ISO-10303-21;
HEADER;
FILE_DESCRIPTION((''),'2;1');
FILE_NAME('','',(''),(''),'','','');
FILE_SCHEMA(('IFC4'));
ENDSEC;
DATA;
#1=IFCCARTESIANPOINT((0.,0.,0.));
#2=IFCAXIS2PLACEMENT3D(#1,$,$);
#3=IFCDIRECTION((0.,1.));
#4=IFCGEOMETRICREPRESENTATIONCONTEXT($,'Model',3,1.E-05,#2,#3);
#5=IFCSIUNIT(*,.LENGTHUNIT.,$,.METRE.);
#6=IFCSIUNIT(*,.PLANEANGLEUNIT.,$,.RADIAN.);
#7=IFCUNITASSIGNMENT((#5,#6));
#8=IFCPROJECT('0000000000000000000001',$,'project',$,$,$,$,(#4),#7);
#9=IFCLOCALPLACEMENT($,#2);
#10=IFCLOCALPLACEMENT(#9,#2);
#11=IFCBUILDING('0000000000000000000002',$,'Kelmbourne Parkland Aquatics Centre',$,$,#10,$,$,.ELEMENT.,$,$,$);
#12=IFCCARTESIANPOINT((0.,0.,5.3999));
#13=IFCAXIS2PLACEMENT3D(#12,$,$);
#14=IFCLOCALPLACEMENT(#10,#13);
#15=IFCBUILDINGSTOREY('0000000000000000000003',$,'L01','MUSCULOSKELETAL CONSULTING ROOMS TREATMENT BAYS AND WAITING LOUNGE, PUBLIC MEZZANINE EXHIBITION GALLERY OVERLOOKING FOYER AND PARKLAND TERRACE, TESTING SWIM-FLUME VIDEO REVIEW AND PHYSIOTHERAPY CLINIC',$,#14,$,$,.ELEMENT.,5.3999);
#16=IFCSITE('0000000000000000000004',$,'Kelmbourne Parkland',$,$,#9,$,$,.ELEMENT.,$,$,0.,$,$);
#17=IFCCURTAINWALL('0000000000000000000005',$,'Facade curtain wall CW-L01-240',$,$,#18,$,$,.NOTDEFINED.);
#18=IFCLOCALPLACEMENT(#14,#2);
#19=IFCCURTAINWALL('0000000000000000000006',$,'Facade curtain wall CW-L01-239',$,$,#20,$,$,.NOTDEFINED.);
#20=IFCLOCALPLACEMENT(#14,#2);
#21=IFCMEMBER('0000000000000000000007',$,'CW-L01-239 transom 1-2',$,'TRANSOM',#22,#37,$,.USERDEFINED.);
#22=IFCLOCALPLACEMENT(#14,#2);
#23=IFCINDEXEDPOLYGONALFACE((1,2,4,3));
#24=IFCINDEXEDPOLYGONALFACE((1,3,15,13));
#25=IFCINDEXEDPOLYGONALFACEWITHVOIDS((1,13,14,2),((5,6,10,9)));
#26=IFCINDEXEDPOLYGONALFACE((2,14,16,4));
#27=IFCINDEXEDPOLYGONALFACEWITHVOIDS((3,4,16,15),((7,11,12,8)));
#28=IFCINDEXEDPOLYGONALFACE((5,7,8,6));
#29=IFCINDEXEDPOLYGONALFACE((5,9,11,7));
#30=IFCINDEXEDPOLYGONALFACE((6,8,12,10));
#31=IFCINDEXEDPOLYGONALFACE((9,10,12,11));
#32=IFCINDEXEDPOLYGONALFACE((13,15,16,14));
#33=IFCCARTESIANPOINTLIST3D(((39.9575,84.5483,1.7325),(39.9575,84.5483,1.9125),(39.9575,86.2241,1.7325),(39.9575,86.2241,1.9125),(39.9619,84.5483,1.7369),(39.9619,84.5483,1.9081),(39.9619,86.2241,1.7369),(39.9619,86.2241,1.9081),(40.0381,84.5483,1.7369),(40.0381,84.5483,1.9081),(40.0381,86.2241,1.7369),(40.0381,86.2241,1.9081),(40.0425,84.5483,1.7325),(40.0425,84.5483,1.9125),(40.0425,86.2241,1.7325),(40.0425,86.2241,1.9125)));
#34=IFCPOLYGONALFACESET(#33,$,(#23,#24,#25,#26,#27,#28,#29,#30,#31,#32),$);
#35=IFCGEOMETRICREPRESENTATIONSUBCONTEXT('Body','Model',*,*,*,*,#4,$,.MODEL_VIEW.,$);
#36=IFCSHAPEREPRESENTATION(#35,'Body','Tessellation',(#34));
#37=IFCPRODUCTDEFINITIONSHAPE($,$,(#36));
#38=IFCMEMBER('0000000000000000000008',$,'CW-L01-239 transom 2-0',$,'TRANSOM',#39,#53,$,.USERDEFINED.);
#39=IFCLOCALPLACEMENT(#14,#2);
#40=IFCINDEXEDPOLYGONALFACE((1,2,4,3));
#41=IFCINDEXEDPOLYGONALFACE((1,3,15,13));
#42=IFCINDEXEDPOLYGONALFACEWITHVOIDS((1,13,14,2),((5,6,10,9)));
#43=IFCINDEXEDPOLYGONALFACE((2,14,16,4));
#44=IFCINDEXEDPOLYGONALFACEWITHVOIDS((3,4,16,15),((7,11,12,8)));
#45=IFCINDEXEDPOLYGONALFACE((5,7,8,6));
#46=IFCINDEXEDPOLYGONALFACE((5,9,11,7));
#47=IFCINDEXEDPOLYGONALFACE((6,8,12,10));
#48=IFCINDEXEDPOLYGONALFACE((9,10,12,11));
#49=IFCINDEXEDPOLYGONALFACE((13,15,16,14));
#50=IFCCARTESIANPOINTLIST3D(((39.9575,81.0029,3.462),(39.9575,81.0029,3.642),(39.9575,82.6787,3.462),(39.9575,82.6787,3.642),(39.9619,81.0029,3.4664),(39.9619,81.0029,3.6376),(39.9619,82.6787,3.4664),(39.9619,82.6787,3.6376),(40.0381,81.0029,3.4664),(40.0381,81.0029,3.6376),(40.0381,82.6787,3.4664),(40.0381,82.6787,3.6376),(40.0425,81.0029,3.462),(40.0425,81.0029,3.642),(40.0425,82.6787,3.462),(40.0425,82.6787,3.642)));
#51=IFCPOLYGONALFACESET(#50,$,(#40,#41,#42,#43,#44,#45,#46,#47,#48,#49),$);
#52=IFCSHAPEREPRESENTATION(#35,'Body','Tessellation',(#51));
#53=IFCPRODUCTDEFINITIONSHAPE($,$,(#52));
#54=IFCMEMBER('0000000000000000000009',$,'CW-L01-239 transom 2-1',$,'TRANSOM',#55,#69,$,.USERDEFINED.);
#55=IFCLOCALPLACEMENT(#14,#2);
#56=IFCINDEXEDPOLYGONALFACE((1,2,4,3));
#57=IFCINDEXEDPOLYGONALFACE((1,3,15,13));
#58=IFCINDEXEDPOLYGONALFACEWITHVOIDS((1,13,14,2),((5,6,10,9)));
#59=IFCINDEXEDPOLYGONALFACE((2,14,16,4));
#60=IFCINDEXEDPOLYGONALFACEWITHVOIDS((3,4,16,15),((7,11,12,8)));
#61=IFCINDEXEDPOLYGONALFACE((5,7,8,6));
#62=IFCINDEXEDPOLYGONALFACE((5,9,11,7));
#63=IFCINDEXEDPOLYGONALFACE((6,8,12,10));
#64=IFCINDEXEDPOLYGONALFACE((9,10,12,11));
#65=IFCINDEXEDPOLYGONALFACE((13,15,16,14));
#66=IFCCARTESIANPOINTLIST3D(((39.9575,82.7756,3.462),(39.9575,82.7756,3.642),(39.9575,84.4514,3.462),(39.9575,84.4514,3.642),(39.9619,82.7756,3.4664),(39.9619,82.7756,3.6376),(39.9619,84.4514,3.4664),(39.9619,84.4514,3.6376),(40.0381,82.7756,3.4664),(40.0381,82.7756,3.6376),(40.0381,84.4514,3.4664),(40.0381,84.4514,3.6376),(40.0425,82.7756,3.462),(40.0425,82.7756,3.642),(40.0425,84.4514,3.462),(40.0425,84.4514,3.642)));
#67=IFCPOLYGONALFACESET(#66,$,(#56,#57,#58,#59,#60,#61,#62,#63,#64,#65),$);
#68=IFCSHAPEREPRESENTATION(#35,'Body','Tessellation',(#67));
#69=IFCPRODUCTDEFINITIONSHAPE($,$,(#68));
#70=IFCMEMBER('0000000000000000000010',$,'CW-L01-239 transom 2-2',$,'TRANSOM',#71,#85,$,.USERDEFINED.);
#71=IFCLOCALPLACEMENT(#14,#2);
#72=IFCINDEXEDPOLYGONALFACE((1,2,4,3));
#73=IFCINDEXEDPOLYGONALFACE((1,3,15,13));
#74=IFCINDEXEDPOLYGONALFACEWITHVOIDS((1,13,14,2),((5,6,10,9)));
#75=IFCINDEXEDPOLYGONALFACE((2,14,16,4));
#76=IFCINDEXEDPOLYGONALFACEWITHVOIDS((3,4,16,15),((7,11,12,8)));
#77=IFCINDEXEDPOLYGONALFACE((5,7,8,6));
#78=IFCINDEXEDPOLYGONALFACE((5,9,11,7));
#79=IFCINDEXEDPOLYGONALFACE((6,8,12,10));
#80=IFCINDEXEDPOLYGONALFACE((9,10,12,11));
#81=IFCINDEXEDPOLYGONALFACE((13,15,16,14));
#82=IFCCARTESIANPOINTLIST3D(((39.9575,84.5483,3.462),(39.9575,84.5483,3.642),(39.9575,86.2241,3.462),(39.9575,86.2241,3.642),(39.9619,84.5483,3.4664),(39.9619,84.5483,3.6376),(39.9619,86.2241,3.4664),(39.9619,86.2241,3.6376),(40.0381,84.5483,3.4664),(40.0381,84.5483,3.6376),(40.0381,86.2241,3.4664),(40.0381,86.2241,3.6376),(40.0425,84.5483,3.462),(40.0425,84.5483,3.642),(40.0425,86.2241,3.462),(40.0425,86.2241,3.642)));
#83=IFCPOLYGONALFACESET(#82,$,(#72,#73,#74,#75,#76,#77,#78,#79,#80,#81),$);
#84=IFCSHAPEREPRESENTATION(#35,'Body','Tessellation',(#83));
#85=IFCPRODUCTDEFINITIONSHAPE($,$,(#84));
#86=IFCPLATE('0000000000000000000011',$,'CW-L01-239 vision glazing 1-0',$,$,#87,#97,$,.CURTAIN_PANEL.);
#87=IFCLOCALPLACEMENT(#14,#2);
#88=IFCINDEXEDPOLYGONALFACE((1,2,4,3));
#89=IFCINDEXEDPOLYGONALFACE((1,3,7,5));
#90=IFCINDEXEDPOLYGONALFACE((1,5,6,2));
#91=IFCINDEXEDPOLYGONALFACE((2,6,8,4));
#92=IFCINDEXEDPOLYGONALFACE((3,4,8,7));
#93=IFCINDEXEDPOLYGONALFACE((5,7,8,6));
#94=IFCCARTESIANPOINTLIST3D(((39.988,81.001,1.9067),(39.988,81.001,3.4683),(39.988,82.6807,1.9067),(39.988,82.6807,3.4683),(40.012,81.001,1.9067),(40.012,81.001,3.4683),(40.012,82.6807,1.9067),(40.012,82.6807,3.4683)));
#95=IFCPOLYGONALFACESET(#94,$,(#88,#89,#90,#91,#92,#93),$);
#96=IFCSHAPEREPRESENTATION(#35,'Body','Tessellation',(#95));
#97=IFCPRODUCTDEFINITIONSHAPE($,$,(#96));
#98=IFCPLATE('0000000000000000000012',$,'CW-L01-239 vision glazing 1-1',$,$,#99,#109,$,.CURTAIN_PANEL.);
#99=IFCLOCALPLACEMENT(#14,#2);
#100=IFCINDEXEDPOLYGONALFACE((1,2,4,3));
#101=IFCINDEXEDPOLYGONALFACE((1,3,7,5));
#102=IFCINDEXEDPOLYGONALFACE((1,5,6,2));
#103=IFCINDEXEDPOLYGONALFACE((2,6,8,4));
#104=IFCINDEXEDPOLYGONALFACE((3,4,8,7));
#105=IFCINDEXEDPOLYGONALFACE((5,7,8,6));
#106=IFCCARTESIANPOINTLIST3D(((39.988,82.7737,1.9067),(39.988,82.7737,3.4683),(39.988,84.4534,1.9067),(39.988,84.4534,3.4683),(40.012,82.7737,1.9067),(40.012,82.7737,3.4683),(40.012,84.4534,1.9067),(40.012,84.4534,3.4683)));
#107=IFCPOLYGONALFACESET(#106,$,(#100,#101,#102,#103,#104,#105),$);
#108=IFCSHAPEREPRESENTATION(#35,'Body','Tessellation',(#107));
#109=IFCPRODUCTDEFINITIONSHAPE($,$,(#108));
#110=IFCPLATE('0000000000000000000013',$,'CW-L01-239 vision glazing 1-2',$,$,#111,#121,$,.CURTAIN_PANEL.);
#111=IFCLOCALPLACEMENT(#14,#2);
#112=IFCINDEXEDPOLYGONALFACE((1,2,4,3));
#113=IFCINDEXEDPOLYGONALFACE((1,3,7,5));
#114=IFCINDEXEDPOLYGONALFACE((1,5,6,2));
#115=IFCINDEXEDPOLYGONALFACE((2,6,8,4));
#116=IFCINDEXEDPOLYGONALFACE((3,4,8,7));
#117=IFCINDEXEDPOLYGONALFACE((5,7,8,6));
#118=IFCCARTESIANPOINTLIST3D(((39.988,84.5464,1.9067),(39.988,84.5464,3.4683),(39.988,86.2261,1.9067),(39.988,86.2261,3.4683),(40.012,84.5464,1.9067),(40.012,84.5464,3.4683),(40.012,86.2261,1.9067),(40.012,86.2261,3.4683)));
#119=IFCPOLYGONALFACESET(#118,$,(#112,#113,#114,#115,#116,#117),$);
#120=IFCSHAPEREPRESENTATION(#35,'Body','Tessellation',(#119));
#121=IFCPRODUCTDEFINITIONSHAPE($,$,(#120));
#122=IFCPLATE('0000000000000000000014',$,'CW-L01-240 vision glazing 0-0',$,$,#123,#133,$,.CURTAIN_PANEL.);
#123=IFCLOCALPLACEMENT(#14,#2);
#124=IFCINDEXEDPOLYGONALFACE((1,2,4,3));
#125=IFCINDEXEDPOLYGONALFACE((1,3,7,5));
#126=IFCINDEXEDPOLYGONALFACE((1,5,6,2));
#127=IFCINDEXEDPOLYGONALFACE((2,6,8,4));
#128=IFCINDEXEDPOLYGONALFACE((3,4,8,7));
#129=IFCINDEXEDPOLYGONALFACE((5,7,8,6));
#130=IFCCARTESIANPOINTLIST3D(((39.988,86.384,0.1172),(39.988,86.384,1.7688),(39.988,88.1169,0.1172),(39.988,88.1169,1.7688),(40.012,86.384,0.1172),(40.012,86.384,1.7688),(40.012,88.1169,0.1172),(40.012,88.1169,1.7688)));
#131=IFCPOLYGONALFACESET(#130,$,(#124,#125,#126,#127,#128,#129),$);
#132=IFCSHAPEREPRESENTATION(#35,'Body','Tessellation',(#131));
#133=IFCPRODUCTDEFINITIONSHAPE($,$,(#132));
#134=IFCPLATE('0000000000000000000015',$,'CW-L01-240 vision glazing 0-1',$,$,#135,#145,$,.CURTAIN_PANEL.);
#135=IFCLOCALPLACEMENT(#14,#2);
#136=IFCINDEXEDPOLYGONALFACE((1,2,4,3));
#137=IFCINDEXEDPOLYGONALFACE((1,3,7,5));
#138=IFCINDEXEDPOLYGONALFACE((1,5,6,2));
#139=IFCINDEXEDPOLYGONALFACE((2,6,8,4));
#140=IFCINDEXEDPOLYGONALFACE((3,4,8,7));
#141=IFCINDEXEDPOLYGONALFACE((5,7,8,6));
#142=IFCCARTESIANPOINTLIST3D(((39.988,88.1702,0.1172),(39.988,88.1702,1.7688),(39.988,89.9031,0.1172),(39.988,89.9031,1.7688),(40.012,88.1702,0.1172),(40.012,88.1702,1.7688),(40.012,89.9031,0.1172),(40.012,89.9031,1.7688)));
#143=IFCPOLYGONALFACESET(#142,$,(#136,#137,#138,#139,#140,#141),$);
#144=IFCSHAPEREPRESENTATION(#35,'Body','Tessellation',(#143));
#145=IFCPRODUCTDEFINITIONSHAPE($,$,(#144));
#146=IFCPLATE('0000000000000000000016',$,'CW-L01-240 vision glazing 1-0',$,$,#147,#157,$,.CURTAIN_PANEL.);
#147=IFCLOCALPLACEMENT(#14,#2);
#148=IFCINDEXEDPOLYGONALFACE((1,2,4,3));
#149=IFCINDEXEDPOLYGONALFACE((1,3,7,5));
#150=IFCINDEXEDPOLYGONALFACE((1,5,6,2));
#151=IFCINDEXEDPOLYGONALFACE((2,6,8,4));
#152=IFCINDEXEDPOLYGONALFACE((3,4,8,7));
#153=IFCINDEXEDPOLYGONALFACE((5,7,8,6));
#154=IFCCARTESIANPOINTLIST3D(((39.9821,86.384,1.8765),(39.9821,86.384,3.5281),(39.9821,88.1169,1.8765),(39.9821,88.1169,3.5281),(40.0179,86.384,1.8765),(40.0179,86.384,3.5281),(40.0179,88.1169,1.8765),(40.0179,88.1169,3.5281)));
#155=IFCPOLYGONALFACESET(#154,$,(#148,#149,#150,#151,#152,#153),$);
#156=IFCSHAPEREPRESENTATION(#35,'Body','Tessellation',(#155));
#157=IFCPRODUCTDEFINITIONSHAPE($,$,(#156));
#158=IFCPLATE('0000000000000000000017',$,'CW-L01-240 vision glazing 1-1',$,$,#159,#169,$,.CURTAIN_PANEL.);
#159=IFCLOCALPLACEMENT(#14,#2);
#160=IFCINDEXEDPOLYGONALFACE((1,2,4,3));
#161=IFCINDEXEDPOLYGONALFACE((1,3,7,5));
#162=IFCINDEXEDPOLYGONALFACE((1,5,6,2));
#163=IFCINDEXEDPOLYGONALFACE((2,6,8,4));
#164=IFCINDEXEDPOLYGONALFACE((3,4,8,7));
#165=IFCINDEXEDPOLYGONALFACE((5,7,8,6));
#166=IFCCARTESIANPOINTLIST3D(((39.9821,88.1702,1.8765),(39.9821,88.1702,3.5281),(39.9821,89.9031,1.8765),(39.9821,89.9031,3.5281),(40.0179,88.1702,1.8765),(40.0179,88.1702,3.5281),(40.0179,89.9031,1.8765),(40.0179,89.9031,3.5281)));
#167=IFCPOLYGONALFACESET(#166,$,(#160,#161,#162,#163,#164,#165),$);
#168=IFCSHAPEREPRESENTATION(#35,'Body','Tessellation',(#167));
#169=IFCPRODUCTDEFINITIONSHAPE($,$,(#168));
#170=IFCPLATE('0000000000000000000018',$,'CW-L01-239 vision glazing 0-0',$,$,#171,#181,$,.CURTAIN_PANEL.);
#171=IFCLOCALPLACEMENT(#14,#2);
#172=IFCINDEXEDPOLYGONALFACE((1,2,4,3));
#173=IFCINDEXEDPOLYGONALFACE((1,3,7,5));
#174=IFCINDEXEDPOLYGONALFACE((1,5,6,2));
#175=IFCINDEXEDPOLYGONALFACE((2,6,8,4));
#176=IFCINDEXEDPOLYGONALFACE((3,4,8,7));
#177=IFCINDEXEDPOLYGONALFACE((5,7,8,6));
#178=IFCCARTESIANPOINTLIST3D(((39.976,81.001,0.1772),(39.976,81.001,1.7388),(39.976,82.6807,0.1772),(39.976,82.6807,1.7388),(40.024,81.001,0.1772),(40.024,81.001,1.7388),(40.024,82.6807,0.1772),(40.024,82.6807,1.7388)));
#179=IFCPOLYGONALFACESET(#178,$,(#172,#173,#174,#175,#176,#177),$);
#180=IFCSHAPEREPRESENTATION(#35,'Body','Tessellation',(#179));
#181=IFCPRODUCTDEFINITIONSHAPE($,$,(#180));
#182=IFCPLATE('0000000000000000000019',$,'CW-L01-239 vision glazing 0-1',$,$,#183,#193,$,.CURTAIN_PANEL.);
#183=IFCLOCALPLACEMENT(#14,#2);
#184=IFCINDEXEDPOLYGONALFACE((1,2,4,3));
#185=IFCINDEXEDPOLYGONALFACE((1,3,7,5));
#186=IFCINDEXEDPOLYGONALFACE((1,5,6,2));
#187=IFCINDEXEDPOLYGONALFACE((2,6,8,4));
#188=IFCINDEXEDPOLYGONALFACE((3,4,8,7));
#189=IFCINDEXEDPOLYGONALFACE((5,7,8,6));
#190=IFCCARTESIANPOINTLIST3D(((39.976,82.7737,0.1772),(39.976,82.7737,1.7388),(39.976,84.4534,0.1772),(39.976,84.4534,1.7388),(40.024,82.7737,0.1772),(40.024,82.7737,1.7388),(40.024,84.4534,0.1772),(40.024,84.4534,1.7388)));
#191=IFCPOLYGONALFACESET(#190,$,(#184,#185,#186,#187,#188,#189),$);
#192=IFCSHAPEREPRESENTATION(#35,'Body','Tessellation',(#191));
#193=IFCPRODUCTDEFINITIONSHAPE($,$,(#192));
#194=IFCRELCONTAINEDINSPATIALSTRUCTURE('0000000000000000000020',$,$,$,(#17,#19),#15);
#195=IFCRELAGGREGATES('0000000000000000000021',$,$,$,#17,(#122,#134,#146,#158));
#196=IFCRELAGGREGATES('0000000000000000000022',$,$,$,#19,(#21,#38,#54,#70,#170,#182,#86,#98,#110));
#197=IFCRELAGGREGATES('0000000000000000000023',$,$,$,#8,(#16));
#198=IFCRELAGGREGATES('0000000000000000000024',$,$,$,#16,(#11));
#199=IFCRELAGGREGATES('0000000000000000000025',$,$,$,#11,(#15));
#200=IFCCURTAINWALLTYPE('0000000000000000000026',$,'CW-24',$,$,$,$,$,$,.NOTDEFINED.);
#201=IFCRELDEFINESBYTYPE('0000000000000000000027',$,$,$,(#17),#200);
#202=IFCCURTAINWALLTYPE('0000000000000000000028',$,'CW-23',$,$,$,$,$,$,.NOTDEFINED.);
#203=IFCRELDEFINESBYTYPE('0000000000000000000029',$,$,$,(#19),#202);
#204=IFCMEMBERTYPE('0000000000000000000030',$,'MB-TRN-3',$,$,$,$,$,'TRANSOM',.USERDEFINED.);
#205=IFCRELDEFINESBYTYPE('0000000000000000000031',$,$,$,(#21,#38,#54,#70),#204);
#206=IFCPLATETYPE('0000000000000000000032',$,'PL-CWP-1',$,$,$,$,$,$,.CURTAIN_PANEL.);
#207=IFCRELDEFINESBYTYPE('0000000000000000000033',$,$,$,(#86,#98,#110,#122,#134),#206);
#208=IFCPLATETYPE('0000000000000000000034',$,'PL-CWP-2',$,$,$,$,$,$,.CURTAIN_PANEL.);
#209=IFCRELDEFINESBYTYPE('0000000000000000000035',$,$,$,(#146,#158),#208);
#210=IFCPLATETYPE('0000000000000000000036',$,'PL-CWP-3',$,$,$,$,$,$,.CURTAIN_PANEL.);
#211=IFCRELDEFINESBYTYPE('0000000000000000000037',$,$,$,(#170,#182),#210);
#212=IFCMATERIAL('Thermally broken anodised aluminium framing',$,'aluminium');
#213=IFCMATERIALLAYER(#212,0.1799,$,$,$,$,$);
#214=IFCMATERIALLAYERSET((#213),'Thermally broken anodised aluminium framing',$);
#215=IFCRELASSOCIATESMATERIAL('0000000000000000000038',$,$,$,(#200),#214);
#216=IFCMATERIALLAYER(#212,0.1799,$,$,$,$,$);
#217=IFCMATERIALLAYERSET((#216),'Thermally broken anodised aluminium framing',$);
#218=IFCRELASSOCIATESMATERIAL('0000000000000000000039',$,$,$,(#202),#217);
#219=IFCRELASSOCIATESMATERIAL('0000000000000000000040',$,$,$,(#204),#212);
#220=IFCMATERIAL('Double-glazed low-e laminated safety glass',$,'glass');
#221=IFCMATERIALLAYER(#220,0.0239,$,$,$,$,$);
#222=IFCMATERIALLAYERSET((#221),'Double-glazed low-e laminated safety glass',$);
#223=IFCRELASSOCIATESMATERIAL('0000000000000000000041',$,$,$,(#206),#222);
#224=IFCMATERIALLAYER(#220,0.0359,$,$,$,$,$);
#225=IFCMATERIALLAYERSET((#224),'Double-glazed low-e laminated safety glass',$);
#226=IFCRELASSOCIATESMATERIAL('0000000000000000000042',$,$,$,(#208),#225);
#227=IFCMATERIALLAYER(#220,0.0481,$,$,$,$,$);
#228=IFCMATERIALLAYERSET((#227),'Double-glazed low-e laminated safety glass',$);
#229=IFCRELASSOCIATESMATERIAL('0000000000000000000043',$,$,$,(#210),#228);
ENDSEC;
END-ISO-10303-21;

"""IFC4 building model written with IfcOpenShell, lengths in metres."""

from ifc_helpers import new_model, si_unit, direction, frame, origin, origin_2d, place, context, subcontext, project, spatial, rectangle, hollow_rectangle, extrude, material, layer, layer_set, material_profile, profile_set, type_object, element, aggregate, save


model = new_model("IFC4")

# Units and contexts
model_context = context("Model", 3, precision=1e-05, world=origin(), true_north=direction((0.0, 1.0)))
body_context = subcontext(model_context, "Body", "Model", "MODEL_VIEW")
ifc_project = project(units=[si_unit("LENGTHUNIT", "METRE"), si_unit("PLANEANGLEUNIT", "RADIAN")], contexts=[model_context])

# Site, building, storey
site_placement = place(None, origin())
site = spatial("IfcSite", under=ifc_project, at=site_placement, Name="Kelmbourne Parkland", CompositionType="ELEMENT", RefElevation=0.0)
building_placement = place(site_placement, origin())
building = spatial("IfcBuilding", under=site, at=building_placement, Name="Kelmbourne Parkland Aquatics Centre", CompositionType="ELEMENT")
storey_placement = place(building_placement, frame((0.0, 0.0, 5.3999)))
storey = spatial("IfcBuildingStorey", under=building, at=storey_placement, Name="L01", Description="MUSCULOSKELETAL CONSULTING ROOMS TREATMENT BAYS AND WAITING LOUNGE, PUBLIC MEZZANINE EXHIBITION GALLERY OVERLOOKING FOYER AND PARKLAND TERRACE, TESTING SWIM-FLUME VIDEO REVIEW AND PHYSIOTHERAPY CLINIC", CompositionType="ELEMENT", Elevation=5.3999)

# Curtain walls
ifc_material_1 = material(Name="Thermally broken anodised aluminium framing", Category="aluminium")
ifc_layer_1 = layer(ifc_material_1, 0.1799)
ifc_layer_set_1 = layer_set([ifc_layer_1], Name="Thermally broken anodised aluminium framing")
curtain_wall_type_1 = type_object("IfcCurtainWallType", Name="CW-24", PredefinedType="NOTDEFINED", material=ifc_layer_set_1)
curtain_wall_1_placement = place(storey_placement, origin())
curtain_wall_1 = element("IfcCurtainWall", 1, at=curtain_wall_1_placement, inside=storey, type_object=curtain_wall_type_1, Name="Facade curtain wall CW-L01-240", PredefinedType="NOTDEFINED")
ifc_layer_2 = layer(ifc_material_1, 0.1799)
ifc_layer_set_2 = layer_set([ifc_layer_2], Name="Thermally broken anodised aluminium framing")
curtain_wall_type_2 = type_object("IfcCurtainWallType", Name="CW-23", PredefinedType="NOTDEFINED", material=ifc_layer_set_2)
curtain_wall_2_placement = place(storey_placement, origin())
curtain_wall_2 = element("IfcCurtainWall", 2, at=curtain_wall_2_placement, inside=storey, type_object=curtain_wall_type_2, Name="Facade curtain wall CW-L01-239", PredefinedType="NOTDEFINED")

# Members
ifc_material_profile_1 = material_profile(ifc_material_1, hollow_rectangle(XDim=0.085, YDim=0.1799, WallThickness=0.0044, at=origin_2d()), Name="CW-T 85x180")
ifc_profile_set_1 = profile_set([ifc_material_profile_1], Name="Thermally broken anodised aluminium framing")
member_type_1 = type_object("IfcMemberType", Name="MB-TRN-3", ElementType="TRANSOM", PredefinedType="USERDEFINED", material=ifc_profile_set_1)
member_1_placement = place(storey_placement, frame((40.0, 84.5483, 1.8225), z_axis=(0.0, 1.0, 0.0), x_axis=(-1.0, 0.0, 0.0)))
member_1 = element("IfcMember", 3, at=member_1_placement, type_object=member_type_1, Name="CW-L01-239 transom 1-2", ObjectType="TRANSOM", PredefinedType="USERDEFINED", context=body_context, shape_type="SweptSolid", body=[
    extrude(hollow_rectangle(XDim=0.085, YDim=0.1799, WallThickness=0.0044, at=origin_2d()), origin(), (0.0, 0.0, 1.0), 1.6758),
])
member_2_placement = place(storey_placement, frame((40.0, 81.0029, 3.552), z_axis=(0.0, 1.0, 0.0), x_axis=(-1.0, 0.0, 0.0)))
member_2 = element("IfcMember", 4, at=member_2_placement, type_object=member_type_1, Name="CW-L01-239 transom 2-0", ObjectType="TRANSOM", PredefinedType="USERDEFINED", context=body_context, shape_type="SweptSolid", body=[
    extrude(hollow_rectangle(XDim=0.085, YDim=0.1799, WallThickness=0.0044, at=origin_2d()), origin(), (0.0, 0.0, 1.0), 1.6758),
])
member_3_placement = place(storey_placement, frame((40.0, 82.7756, 3.552), z_axis=(0.0, 1.0, 0.0), x_axis=(-1.0, 0.0, 0.0)))
member_3 = element("IfcMember", 5, at=member_3_placement, type_object=member_type_1, Name="CW-L01-239 transom 2-1", ObjectType="TRANSOM", PredefinedType="USERDEFINED", context=body_context, shape_type="SweptSolid", body=[
    extrude(hollow_rectangle(XDim=0.085, YDim=0.1799, WallThickness=0.0044, at=origin_2d()), origin(), (0.0, 0.0, 1.0), 1.6758),
])
member_4_placement = place(storey_placement, frame((40.0, 84.5483, 3.552), z_axis=(0.0, 1.0, 0.0), x_axis=(-1.0, 0.0, 0.0)))
member_4 = element("IfcMember", 6, at=member_4_placement, type_object=member_type_1, Name="CW-L01-239 transom 2-2", ObjectType="TRANSOM", PredefinedType="USERDEFINED", context=body_context, shape_type="SweptSolid", body=[
    extrude(hollow_rectangle(XDim=0.085, YDim=0.1799, WallThickness=0.0044, at=origin_2d()), origin(), (0.0, 0.0, 1.0), 1.6758),
])

# Plates
ifc_material_2 = material(Name="Double-glazed low-e laminated safety glass", Category="glass")
ifc_layer_3 = layer(ifc_material_2, 0.0239)
ifc_layer_set_3 = layer_set([ifc_layer_3], Name="Double-glazed low-e laminated safety glass")
plate_type_1 = type_object("IfcPlateType", Name="PL-CWP-1", PredefinedType="CURTAIN_PANEL", material=ifc_layer_set_3)
plate_1_placement = place(storey_placement, frame((40.0, 81.8408, 1.9067), z_axis=(0.0, 0.0, 1.0), x_axis=(0.0, 1.0, 0.0)))
plate_1 = element("IfcPlate", 7, at=plate_1_placement, type_object=plate_type_1, Name="CW-L01-239 vision glazing 1-0", PredefinedType="CURTAIN_PANEL", context=body_context, shape_type="SweptSolid", body=[
    extrude(rectangle(XDim=1.6797, YDim=0.0239, at=origin_2d()), origin(), (0.0, 0.0, 1.0), 1.5615),
])
plate_2_placement = place(storey_placement, frame((40.0, 83.6135, 1.9067), z_axis=(0.0, 0.0, 1.0), x_axis=(0.0, 1.0, 0.0)))
plate_2 = element("IfcPlate", 8, at=plate_2_placement, type_object=plate_type_1, Name="CW-L01-239 vision glazing 1-1", PredefinedType="CURTAIN_PANEL", context=body_context, shape_type="SweptSolid", body=[
    extrude(rectangle(XDim=1.6797, YDim=0.0239, at=origin_2d()), origin(), (0.0, 0.0, 1.0), 1.5615),
])
plate_3_placement = place(storey_placement, frame((40.0, 85.3862, 1.9067), z_axis=(0.0, 0.0, 1.0), x_axis=(0.0, 1.0, 0.0)))
plate_3 = element("IfcPlate", 9, at=plate_3_placement, type_object=plate_type_1, Name="CW-L01-239 vision glazing 1-2", PredefinedType="CURTAIN_PANEL", context=body_context, shape_type="SweptSolid", body=[
    extrude(rectangle(XDim=1.6797, YDim=0.0239, at=origin_2d()), origin(), (0.0, 0.0, 1.0), 1.5615),
])
plate_4_placement = place(storey_placement, frame((40.0, 87.2505, 0.1172), z_axis=(0.0, 0.0, 1.0), x_axis=(0.0, 1.0, 0.0)))
plate_4 = element("IfcPlate", 10, at=plate_4_placement, type_object=plate_type_1, Name="CW-L01-240 vision glazing 0-0", PredefinedType="CURTAIN_PANEL", context=body_context, shape_type="SweptSolid", body=[
    extrude(rectangle(XDim=1.7329, YDim=0.0239, at=origin_2d()), origin(), (0.0, 0.0, 1.0), 1.6516),
])
plate_5_placement = place(storey_placement, frame((40.0, 89.0366, 0.1172), z_axis=(0.0, 0.0, 1.0), x_axis=(0.0, 1.0, 0.0)))
plate_5 = element("IfcPlate", 11, at=plate_5_placement, type_object=plate_type_1, Name="CW-L01-240 vision glazing 0-1", PredefinedType="CURTAIN_PANEL", context=body_context, shape_type="SweptSolid", body=[
    extrude(rectangle(XDim=1.7329, YDim=0.0239, at=origin_2d()), origin(), (0.0, 0.0, 1.0), 1.6516),
])
ifc_layer_4 = layer(ifc_material_2, 0.0359)
ifc_layer_set_4 = layer_set([ifc_layer_4], Name="Double-glazed low-e laminated safety glass")
plate_type_2 = type_object("IfcPlateType", Name="PL-CWP-2", PredefinedType="CURTAIN_PANEL", material=ifc_layer_set_4)
plate_6_placement = place(storey_placement, frame((40.0, 87.2505, 1.8765), z_axis=(0.0, 0.0, 1.0), x_axis=(0.0, 1.0, 0.0)))
plate_6 = element("IfcPlate", 12, at=plate_6_placement, type_object=plate_type_2, Name="CW-L01-240 vision glazing 1-0", PredefinedType="CURTAIN_PANEL", context=body_context, shape_type="SweptSolid", body=[
    extrude(rectangle(XDim=1.7329, YDim=0.0359, at=origin_2d()), origin(), (0.0, 0.0, 1.0), 1.6516),
])
plate_7_placement = place(storey_placement, frame((40.0, 89.0366, 1.8765), z_axis=(0.0, 0.0, 1.0), x_axis=(0.0, 1.0, 0.0)))
plate_7 = element("IfcPlate", 13, at=plate_7_placement, type_object=plate_type_2, Name="CW-L01-240 vision glazing 1-1", PredefinedType="CURTAIN_PANEL", context=body_context, shape_type="SweptSolid", body=[
    extrude(rectangle(XDim=1.7329, YDim=0.0359, at=origin_2d()), origin(), (0.0, 0.0, 1.0), 1.6516),
])
aggregate(curtain_wall_1, [plate_4, plate_5, plate_6, plate_7])
ifc_layer_5 = layer(ifc_material_2, 0.0481)
ifc_layer_set_5 = layer_set([ifc_layer_5], Name="Double-glazed low-e laminated safety glass")
plate_type_3 = type_object("IfcPlateType", Name="PL-CWP-3", PredefinedType="CURTAIN_PANEL", material=ifc_layer_set_5)
plate_8_placement = place(storey_placement, frame((40.0, 81.8408, 0.1772), z_axis=(0.0, 0.0, 1.0), x_axis=(0.0, 1.0, 0.0)))
plate_8 = element("IfcPlate", 14, at=plate_8_placement, type_object=plate_type_3, Name="CW-L01-239 vision glazing 0-0", PredefinedType="CURTAIN_PANEL", context=body_context, shape_type="SweptSolid", body=[
    extrude(rectangle(XDim=1.6797, YDim=0.0481, at=origin_2d()), origin(), (0.0, 0.0, 1.0), 1.5615),
])
plate_9_placement = place(storey_placement, frame((40.0, 83.6135, 0.1772), z_axis=(0.0, 0.0, 1.0), x_axis=(0.0, 1.0, 0.0)))
plate_9 = element("IfcPlate", 15, at=plate_9_placement, type_object=plate_type_3, Name="CW-L01-239 vision glazing 0-1", PredefinedType="CURTAIN_PANEL", context=body_context, shape_type="SweptSolid", body=[
    extrude(rectangle(XDim=1.6797, YDim=0.0481, at=origin_2d()), origin(), (0.0, 0.0, 1.0), 1.5615),
])
aggregate(curtain_wall_2, [member_1, member_2, member_3, member_4, plate_8, plate_9, plate_1, plate_2, plate_3])

save(model, "model.ifc")
